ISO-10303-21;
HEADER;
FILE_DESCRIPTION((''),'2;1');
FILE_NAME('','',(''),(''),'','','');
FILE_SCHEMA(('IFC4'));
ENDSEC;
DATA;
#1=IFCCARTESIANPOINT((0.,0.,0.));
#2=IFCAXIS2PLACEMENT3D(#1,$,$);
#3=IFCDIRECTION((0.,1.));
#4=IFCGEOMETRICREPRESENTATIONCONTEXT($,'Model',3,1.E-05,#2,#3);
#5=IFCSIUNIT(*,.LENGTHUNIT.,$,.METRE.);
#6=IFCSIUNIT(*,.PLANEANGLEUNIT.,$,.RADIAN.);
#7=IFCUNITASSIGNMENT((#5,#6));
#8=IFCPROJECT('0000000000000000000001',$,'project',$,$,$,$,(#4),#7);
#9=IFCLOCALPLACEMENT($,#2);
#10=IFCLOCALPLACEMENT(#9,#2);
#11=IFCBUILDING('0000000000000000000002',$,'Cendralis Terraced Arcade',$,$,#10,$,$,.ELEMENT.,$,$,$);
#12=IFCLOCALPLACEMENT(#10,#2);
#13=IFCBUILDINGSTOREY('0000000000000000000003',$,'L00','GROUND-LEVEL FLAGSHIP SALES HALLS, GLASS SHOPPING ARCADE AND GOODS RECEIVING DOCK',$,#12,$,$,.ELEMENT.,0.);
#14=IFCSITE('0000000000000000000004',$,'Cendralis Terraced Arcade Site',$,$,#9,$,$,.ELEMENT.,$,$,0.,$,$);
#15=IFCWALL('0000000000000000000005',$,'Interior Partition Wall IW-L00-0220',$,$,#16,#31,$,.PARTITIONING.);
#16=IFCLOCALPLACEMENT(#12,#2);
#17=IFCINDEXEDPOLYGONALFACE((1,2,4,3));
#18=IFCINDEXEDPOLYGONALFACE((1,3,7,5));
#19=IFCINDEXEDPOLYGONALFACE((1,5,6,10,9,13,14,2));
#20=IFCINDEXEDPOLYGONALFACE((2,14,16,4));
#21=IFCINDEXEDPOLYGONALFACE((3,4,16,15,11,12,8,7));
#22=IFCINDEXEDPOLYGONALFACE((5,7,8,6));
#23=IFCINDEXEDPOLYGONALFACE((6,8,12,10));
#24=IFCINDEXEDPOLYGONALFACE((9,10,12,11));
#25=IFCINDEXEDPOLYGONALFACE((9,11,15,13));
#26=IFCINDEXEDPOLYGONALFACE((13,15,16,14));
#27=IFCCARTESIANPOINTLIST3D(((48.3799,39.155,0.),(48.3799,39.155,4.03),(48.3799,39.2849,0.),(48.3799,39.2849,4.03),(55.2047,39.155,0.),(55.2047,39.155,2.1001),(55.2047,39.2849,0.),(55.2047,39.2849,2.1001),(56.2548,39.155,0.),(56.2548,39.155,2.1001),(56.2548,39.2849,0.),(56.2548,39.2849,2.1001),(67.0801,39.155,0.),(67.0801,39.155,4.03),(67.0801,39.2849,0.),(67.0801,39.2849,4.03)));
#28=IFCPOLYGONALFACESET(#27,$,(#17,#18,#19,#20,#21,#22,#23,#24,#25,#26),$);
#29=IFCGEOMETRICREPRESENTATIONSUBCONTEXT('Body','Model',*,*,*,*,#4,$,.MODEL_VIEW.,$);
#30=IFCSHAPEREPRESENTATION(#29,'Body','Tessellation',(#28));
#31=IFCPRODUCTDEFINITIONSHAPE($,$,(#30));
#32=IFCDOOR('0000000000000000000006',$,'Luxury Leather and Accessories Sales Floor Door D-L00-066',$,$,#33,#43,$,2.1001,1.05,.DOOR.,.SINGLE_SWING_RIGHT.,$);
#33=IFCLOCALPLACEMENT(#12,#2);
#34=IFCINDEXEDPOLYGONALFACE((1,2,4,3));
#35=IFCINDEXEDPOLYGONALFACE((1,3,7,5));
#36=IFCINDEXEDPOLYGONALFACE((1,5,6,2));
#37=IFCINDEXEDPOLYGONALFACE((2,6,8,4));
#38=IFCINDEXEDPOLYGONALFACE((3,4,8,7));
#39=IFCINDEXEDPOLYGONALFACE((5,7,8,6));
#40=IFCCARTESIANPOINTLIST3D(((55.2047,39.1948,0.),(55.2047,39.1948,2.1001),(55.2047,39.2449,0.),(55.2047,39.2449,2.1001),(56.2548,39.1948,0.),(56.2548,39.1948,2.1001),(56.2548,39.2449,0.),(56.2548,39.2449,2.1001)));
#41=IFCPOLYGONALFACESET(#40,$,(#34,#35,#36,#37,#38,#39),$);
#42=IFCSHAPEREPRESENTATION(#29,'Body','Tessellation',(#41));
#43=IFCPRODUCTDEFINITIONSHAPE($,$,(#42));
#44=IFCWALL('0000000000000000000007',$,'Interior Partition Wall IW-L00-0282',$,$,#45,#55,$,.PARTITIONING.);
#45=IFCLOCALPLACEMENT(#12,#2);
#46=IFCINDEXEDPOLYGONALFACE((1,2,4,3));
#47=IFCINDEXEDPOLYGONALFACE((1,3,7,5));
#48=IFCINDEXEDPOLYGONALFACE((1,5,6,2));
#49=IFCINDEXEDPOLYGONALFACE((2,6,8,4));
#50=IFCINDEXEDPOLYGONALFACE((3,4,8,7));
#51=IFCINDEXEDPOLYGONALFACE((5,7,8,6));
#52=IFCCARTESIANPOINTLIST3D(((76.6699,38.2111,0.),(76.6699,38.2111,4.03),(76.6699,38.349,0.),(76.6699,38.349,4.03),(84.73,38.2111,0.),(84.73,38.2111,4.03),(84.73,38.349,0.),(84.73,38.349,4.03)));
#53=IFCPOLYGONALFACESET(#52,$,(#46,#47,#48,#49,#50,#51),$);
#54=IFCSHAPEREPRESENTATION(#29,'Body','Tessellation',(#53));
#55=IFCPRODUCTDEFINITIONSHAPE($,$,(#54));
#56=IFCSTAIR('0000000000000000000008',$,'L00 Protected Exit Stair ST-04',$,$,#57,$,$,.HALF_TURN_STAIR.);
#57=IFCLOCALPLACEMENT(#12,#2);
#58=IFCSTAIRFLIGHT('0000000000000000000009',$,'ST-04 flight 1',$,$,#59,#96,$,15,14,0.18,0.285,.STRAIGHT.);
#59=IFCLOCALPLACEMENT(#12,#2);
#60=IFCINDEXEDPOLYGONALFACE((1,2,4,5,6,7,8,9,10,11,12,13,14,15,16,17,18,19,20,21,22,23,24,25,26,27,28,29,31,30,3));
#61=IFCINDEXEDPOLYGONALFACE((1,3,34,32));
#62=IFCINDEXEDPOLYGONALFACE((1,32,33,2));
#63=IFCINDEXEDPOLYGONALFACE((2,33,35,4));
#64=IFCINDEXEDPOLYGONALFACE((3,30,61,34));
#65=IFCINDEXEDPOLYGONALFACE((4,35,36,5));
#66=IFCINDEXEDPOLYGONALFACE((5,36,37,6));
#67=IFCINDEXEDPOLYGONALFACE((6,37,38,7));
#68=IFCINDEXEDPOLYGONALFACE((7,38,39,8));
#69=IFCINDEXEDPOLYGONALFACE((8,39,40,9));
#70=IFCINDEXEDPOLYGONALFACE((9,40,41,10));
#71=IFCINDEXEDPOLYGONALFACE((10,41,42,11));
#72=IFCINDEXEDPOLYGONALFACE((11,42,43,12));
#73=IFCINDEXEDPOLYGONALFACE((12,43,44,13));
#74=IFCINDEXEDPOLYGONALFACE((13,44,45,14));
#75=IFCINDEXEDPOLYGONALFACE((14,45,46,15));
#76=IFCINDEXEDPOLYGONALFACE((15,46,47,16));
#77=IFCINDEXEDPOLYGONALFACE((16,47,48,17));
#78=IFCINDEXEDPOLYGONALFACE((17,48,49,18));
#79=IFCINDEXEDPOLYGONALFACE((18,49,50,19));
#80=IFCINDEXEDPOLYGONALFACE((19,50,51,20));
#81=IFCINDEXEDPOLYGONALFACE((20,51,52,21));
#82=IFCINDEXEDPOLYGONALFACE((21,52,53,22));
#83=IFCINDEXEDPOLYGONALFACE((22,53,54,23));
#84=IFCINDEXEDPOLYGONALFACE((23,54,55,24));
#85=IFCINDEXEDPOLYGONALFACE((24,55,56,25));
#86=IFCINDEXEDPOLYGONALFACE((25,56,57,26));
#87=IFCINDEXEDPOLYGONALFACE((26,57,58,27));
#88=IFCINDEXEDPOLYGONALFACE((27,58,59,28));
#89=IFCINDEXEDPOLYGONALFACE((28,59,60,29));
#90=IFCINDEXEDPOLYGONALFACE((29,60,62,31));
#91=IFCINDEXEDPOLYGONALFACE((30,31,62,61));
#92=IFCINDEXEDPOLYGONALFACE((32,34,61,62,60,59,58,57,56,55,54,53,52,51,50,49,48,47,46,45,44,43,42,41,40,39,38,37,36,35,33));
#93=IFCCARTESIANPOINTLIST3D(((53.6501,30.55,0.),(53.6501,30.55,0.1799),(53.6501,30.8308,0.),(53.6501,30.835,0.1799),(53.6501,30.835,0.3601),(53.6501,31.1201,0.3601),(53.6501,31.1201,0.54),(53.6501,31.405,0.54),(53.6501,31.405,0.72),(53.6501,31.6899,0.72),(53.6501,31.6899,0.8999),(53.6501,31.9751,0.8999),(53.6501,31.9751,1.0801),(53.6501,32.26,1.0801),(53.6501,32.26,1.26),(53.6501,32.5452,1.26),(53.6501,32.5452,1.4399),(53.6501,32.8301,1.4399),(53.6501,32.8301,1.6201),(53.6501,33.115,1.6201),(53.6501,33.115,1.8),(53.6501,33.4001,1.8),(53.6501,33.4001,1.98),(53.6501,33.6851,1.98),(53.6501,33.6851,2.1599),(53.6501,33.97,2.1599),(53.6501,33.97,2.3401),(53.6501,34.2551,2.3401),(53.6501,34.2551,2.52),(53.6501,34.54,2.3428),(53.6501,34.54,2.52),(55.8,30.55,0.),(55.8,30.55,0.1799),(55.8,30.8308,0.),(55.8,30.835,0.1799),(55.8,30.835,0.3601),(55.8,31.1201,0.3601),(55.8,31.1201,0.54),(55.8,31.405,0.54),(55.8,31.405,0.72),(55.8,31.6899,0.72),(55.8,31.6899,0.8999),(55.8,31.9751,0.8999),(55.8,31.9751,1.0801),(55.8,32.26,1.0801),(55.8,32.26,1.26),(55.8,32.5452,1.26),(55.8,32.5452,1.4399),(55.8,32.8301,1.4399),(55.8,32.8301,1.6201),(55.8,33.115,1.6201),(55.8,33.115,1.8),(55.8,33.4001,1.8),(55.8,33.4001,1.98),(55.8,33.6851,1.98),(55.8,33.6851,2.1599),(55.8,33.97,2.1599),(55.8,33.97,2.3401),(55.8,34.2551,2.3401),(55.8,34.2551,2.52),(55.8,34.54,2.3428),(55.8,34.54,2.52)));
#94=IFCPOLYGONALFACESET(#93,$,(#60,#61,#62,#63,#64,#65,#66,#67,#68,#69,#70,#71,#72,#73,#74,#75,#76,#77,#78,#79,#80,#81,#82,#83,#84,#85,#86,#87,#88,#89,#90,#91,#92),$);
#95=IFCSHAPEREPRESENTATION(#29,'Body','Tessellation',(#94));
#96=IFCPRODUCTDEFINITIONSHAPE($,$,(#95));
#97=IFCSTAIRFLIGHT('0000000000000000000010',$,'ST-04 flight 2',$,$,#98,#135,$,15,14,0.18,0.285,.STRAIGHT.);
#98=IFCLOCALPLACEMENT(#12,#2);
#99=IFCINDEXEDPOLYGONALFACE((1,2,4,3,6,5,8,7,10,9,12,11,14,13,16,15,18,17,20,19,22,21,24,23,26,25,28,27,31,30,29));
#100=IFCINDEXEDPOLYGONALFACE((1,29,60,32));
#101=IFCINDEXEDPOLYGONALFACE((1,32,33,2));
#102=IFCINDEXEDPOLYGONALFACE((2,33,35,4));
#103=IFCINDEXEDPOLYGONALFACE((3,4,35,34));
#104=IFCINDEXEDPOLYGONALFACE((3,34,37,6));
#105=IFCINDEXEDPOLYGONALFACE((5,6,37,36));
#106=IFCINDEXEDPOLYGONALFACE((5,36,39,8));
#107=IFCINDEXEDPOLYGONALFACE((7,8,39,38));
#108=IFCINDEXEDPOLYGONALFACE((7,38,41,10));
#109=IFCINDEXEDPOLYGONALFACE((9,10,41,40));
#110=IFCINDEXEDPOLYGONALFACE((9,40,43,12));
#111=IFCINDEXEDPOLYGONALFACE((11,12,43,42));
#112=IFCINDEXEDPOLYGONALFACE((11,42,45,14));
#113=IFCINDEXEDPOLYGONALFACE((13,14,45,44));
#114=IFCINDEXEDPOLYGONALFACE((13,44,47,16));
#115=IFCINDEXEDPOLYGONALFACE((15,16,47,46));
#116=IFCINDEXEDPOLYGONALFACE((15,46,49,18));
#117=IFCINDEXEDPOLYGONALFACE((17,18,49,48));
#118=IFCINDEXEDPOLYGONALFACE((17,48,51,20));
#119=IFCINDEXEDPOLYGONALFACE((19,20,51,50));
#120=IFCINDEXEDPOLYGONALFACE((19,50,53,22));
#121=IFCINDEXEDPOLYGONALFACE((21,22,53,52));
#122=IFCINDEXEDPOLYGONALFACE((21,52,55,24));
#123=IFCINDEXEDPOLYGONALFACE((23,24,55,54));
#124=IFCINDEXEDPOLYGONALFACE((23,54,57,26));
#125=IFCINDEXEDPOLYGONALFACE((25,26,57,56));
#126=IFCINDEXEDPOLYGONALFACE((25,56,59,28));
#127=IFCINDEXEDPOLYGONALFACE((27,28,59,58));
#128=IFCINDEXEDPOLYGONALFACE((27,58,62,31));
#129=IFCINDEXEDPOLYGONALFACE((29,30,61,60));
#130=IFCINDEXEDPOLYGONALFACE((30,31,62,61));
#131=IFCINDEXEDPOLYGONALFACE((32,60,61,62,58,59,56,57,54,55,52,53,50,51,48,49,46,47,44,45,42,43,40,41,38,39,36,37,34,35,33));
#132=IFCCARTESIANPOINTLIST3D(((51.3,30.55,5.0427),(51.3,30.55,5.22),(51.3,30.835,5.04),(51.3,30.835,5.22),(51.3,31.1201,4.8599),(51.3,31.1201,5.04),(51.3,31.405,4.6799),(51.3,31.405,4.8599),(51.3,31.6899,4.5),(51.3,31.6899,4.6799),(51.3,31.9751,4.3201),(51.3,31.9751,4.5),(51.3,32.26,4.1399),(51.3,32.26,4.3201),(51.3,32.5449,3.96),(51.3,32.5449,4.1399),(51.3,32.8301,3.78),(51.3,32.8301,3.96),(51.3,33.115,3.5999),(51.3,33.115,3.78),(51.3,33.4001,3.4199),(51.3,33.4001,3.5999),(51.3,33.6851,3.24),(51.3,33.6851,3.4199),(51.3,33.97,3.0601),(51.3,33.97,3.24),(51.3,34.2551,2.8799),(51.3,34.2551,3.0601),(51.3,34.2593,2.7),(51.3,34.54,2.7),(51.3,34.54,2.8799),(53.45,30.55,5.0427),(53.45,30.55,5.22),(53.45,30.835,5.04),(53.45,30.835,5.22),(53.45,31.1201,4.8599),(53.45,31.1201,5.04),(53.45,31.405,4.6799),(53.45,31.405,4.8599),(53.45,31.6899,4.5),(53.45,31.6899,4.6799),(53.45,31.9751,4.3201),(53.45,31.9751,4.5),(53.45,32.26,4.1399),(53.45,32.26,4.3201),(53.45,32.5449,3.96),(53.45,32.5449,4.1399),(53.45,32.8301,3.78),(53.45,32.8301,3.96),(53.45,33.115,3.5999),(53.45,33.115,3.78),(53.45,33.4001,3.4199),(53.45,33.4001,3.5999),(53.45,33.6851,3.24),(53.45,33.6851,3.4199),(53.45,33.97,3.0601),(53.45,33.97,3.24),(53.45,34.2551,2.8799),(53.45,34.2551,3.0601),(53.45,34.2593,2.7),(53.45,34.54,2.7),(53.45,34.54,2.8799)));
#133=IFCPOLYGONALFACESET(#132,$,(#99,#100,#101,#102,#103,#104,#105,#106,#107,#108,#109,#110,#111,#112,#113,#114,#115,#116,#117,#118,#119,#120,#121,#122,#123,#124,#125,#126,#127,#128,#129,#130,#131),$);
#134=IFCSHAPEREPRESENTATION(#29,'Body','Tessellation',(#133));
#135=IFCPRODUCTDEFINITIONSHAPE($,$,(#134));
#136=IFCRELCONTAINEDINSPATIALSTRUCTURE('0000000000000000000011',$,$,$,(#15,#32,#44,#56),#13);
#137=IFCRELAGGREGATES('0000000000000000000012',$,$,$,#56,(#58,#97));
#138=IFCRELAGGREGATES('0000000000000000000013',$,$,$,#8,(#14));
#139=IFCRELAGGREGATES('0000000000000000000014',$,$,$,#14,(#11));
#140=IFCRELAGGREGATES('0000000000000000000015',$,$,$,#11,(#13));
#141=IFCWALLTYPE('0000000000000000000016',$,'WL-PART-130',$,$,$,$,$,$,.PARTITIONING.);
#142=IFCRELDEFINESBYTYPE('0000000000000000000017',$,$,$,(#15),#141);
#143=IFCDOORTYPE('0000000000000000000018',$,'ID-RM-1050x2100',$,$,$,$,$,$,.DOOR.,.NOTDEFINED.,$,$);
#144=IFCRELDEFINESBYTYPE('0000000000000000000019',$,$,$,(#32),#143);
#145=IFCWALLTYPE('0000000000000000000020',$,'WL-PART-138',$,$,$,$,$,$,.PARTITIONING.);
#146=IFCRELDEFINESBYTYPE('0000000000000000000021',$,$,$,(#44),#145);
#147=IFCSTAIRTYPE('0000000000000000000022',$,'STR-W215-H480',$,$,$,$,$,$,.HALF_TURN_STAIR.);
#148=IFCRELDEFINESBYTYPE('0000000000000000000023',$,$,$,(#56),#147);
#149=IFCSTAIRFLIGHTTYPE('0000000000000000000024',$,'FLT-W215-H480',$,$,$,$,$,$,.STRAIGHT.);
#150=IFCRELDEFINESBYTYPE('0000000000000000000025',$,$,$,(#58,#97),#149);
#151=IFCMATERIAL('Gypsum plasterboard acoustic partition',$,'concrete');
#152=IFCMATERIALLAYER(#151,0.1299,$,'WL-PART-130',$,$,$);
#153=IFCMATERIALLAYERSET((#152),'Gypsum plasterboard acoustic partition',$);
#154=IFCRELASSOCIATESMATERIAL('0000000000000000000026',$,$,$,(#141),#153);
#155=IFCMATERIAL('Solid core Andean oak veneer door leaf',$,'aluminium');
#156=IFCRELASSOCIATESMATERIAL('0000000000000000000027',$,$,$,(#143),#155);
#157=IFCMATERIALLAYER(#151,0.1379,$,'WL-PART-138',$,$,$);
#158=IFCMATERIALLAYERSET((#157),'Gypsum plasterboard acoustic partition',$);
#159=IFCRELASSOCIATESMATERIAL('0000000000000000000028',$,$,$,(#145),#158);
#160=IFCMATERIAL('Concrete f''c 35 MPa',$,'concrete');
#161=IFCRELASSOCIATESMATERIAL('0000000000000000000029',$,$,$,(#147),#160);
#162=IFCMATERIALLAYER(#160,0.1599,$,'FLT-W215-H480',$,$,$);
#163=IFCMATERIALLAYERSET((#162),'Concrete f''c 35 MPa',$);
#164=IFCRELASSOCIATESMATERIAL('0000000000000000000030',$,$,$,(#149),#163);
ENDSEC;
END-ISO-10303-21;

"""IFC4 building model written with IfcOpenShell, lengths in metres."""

from ifc_helpers import new_model, si_unit, direction, frame, frame_2d, origin, place, context, subcontext, project, spatial, polyline, rectangle, outline, extrude, material, layer, layer_set, type_object, element, fill, aggregate, save


model = new_model("IFC4")

# Units and contexts
model_context = context("Model", 3, precision=1e-05, world=origin(), true_north=direction((0.0, 1.0)))
body_context = subcontext(model_context, "Body", "Model", "MODEL_VIEW")
ifc_project = project(units=[si_unit("LENGTHUNIT", "METRE"), si_unit("PLANEANGLEUNIT", "RADIAN")], contexts=[model_context])

# Site, building, storey
site_placement = place(None, origin())
site = spatial("IfcSite", under=ifc_project, at=site_placement, Name="Cendralis Terraced Arcade Site", CompositionType="ELEMENT", RefElevation=0.0)
building_placement = place(site_placement, origin())
building = spatial("IfcBuilding", under=site, at=building_placement, Name="Cendralis Terraced Arcade", CompositionType="ELEMENT")
storey_placement = place(building_placement, origin())
storey = spatial("IfcBuildingStorey", under=building, at=storey_placement, Name="L00", Description="GROUND-LEVEL FLAGSHIP SALES HALLS, GLASS SHOPPING ARCADE AND GOODS RECEIVING DOCK", CompositionType="ELEMENT", Elevation=0.0)

# Shared definitions
ifc_material_1 = material(Name="Concrete f'c 35 MPa", Category="concrete")

# Shared definitions
ifc_material_2 = material(Name="Gypsum plasterboard acoustic partition", Category="concrete")

# Shared definitions
ifc_material_3 = material(Name="Solid core Andean oak veneer door leaf", Category="aluminium")

# Wall, opening, door
ifc_layer_1 = layer(ifc_material_2, 0.1299, Name="WL-PART-130")
ifc_layer_set_1 = layer_set([ifc_layer_1], Name="Gypsum plasterboard acoustic partition")
wall_type_1 = type_object("IfcWallType", Name="WL-PART-130", PredefinedType="PARTITIONING", material=ifc_layer_set_1)
wall_1_placement = place(storey_placement, frame((48.3799, 39.22, 0.0), z_axis=(0.0, 0.0, 1.0), x_axis=(1.0, 0.0, 0.0)))
wall_1 = element("IfcWall", 1, at=wall_1_placement, inside=storey, type_object=wall_type_1, Name="Interior Partition Wall IW-L00-0220", PredefinedType="PARTITIONING", context=body_context, shape_type="SweptSolid", body=[
    extrude(rectangle(XDim=18.7002, YDim=0.1299, at=frame_2d((9.3501, 0.0))), origin(), (0.0, 0.0, 1.0), 4.03),
])
opening_1_placement = place(wall_1_placement, frame((6.825, 0.0, 0.0)))
opening_1 = element("IfcOpeningElement", 2, at=opening_1_placement, cuts=wall_1, PredefinedType="OPENING", context=body_context, shape_type="SweptSolid", body=[
    extrude(rectangle(XDim=1.05, YDim=2.1001, at=frame_2d((0.5249, 1.05))), frame((0.0, 0.0769, 0.0), z_axis=(0.0, -1.0, 0.0), x_axis=(1.0, 0.0, 0.0)), (0.0, 0.0, 1.0), 0.1538),
])
door_type_1 = type_object("IfcDoorType", Name="ID-RM-1050x2100", OperationType="NOTDEFINED", PredefinedType="DOOR", material=ifc_material_3)
door_1_placement = place(opening_1_placement, origin())
door_1 = element("IfcDoor", 3, at=door_1_placement, inside=storey, type_object=door_type_1, Name="Luxury Leather and Accessories Sales Floor Door D-L00-066", OperationType="SINGLE_SWING_RIGHT", OverallHeight=2.1001, OverallWidth=1.05, PredefinedType="DOOR", context=body_context, shape_type="SweptSolid", body=[
    extrude(rectangle(XDim=1.05, YDim=2.1001, at=frame_2d((0.5249, 1.05))), frame((0.0, 0.0249, 0.0), z_axis=(0.0, -1.0, 0.0), x_axis=(1.0, 0.0, 0.0)), (0.0, 0.0, 1.0), 0.05),
])
fill(opening_1, door_1)

# Wall
ifc_layer_2 = layer(ifc_material_2, 0.1379, Name="WL-PART-138")
ifc_layer_set_2 = layer_set([ifc_layer_2], Name="Gypsum plasterboard acoustic partition")
wall_type_2 = type_object("IfcWallType", Name="WL-PART-138", PredefinedType="PARTITIONING", material=ifc_layer_set_2)
wall_2_placement = place(storey_placement, frame((76.6699, 38.28, 0.0), z_axis=(0.0, 0.0, 1.0), x_axis=(1.0, 0.0, 0.0)))
element("IfcWall", 4, at=wall_2_placement, inside=storey, type_object=wall_type_2, Name="Interior Partition Wall IW-L00-0282", PredefinedType="PARTITIONING", context=body_context, shape_type="SweptSolid", body=[
    extrude(rectangle(XDim=8.0601, YDim=0.1379, at=frame_2d((4.03, 0.0))), origin(), (0.0, 0.0, 1.0), 4.03),
])

# Stair, stair flights
stair_type = type_object("IfcStairType", Name="STR-W215-H480", PredefinedType="HALF_TURN_STAIR", material=ifc_material_1)
stair_placement = place(storey_placement, origin())
stair = element("IfcStair", 5, at=stair_placement, inside=storey, type_object=stair_type, Name="L00 Protected Exit Stair ST-04", PredefinedType="HALF_TURN_STAIR")
ifc_layer_3 = layer(ifc_material_1, 0.1599, Name="FLT-W215-H480")
ifc_layer_set_3 = layer_set([ifc_layer_3], Name="Concrete f'c 35 MPa")
stair_flight_type = type_object("IfcStairFlightType", Name="FLT-W215-H480", PredefinedType="STRAIGHT", material=ifc_layer_set_3)
stair_flight_1_placement = place(storey_placement, frame((54.7251, 30.55, 0.0), z_axis=(0.0, 0.0, 1.0), x_axis=(0.0, 1.0, 0.0)))
stair_flight_1 = element("IfcStairFlight", 6, at=stair_flight_1_placement, type_object=stair_flight_type, Name="ST-04 flight 1", NumberOfRisers=15, NumberOfTreads=14, PredefinedType="STRAIGHT", RiserHeight=0.18, TreadLength=0.285, context=body_context, shape_type="SweptSolid", body=[
    extrude(outline(polyline([(0.0, 0.0), (0.0, 0.1799), (0.2849, 0.1799), (0.2849, 0.3601), (0.5701, 0.3601), (0.5701, 0.54), (0.855, 0.54), (0.855, 0.72), (1.1399, 0.72), (1.1399, 0.8999), (1.425, 0.8999), (1.425, 1.0801), (1.71, 1.0801), (1.71, 1.26), (1.9951, 1.26), (1.9951, 1.4399), (2.28, 1.4399), (2.28, 1.6201), (2.5649, 1.6201), (2.5649, 1.8), (2.8501, 1.8), (2.8501, 1.98), (3.135, 1.98), (3.135, 2.1599), (3.4199, 2.1599), (3.4199, 2.3401), (3.7051, 2.3401), (3.7051, 2.52), (3.99, 2.52), (3.99, 2.7), (3.99, 2.3428), (0.2808, 0.0), (0.0, 0.0)])), frame((0.0, 1.075, 0.0), z_axis=(0.0, -1.0, 0.0), x_axis=(1.0, 0.0, 0.0)), (0.0, 0.0, 1.0), 2.1499),
])
stair_flight_2_placement = place(storey_placement, frame((52.375, 34.54, 2.7), z_axis=(0.0, 0.0, 1.0), x_axis=(0.0, -1.0, 0.0)))
stair_flight_2 = element("IfcStairFlight", 7, at=stair_flight_2_placement, type_object=stair_flight_type, Name="ST-04 flight 2", NumberOfRisers=15, NumberOfTreads=14, PredefinedType="STRAIGHT", RiserHeight=0.18, TreadLength=0.285, context=body_context, shape_type="SweptSolid", body=[
    extrude(outline(polyline([(0.0, 0.0), (0.0, 0.1799), (0.2849, 0.1799), (0.2849, 0.3601), (0.5701, 0.3601), (0.5701, 0.54), (0.855, 0.54), (0.855, 0.72), (1.1399, 0.72), (1.1399, 0.8999), (1.425, 0.8999), (1.425, 1.0801), (1.71, 1.0801), (1.71, 1.26), (1.9951, 1.26), (1.9951, 1.4399), (2.28, 1.4399), (2.28, 1.6201), (2.5649, 1.6201), (2.5649, 1.8), (2.8501, 1.8), (2.8501, 1.98), (3.135, 1.98), (3.135, 2.1599), (3.4199, 2.1599), (3.4199, 2.3401), (3.7051, 2.3401), (3.7051, 2.52), (3.99, 2.52), (3.99, 2.7), (3.99, 2.3428), (0.2808, 0.0), (0.0, 0.0)])), frame((0.0, 1.075, 0.0), z_axis=(0.0, -1.0, 0.0), x_axis=(1.0, 0.0, 0.0)), (0.0, 0.0, 1.0), 2.1499),
])
aggregate(stair, [stair_flight_1, stair_flight_2])

save(model, "model.ifc")
